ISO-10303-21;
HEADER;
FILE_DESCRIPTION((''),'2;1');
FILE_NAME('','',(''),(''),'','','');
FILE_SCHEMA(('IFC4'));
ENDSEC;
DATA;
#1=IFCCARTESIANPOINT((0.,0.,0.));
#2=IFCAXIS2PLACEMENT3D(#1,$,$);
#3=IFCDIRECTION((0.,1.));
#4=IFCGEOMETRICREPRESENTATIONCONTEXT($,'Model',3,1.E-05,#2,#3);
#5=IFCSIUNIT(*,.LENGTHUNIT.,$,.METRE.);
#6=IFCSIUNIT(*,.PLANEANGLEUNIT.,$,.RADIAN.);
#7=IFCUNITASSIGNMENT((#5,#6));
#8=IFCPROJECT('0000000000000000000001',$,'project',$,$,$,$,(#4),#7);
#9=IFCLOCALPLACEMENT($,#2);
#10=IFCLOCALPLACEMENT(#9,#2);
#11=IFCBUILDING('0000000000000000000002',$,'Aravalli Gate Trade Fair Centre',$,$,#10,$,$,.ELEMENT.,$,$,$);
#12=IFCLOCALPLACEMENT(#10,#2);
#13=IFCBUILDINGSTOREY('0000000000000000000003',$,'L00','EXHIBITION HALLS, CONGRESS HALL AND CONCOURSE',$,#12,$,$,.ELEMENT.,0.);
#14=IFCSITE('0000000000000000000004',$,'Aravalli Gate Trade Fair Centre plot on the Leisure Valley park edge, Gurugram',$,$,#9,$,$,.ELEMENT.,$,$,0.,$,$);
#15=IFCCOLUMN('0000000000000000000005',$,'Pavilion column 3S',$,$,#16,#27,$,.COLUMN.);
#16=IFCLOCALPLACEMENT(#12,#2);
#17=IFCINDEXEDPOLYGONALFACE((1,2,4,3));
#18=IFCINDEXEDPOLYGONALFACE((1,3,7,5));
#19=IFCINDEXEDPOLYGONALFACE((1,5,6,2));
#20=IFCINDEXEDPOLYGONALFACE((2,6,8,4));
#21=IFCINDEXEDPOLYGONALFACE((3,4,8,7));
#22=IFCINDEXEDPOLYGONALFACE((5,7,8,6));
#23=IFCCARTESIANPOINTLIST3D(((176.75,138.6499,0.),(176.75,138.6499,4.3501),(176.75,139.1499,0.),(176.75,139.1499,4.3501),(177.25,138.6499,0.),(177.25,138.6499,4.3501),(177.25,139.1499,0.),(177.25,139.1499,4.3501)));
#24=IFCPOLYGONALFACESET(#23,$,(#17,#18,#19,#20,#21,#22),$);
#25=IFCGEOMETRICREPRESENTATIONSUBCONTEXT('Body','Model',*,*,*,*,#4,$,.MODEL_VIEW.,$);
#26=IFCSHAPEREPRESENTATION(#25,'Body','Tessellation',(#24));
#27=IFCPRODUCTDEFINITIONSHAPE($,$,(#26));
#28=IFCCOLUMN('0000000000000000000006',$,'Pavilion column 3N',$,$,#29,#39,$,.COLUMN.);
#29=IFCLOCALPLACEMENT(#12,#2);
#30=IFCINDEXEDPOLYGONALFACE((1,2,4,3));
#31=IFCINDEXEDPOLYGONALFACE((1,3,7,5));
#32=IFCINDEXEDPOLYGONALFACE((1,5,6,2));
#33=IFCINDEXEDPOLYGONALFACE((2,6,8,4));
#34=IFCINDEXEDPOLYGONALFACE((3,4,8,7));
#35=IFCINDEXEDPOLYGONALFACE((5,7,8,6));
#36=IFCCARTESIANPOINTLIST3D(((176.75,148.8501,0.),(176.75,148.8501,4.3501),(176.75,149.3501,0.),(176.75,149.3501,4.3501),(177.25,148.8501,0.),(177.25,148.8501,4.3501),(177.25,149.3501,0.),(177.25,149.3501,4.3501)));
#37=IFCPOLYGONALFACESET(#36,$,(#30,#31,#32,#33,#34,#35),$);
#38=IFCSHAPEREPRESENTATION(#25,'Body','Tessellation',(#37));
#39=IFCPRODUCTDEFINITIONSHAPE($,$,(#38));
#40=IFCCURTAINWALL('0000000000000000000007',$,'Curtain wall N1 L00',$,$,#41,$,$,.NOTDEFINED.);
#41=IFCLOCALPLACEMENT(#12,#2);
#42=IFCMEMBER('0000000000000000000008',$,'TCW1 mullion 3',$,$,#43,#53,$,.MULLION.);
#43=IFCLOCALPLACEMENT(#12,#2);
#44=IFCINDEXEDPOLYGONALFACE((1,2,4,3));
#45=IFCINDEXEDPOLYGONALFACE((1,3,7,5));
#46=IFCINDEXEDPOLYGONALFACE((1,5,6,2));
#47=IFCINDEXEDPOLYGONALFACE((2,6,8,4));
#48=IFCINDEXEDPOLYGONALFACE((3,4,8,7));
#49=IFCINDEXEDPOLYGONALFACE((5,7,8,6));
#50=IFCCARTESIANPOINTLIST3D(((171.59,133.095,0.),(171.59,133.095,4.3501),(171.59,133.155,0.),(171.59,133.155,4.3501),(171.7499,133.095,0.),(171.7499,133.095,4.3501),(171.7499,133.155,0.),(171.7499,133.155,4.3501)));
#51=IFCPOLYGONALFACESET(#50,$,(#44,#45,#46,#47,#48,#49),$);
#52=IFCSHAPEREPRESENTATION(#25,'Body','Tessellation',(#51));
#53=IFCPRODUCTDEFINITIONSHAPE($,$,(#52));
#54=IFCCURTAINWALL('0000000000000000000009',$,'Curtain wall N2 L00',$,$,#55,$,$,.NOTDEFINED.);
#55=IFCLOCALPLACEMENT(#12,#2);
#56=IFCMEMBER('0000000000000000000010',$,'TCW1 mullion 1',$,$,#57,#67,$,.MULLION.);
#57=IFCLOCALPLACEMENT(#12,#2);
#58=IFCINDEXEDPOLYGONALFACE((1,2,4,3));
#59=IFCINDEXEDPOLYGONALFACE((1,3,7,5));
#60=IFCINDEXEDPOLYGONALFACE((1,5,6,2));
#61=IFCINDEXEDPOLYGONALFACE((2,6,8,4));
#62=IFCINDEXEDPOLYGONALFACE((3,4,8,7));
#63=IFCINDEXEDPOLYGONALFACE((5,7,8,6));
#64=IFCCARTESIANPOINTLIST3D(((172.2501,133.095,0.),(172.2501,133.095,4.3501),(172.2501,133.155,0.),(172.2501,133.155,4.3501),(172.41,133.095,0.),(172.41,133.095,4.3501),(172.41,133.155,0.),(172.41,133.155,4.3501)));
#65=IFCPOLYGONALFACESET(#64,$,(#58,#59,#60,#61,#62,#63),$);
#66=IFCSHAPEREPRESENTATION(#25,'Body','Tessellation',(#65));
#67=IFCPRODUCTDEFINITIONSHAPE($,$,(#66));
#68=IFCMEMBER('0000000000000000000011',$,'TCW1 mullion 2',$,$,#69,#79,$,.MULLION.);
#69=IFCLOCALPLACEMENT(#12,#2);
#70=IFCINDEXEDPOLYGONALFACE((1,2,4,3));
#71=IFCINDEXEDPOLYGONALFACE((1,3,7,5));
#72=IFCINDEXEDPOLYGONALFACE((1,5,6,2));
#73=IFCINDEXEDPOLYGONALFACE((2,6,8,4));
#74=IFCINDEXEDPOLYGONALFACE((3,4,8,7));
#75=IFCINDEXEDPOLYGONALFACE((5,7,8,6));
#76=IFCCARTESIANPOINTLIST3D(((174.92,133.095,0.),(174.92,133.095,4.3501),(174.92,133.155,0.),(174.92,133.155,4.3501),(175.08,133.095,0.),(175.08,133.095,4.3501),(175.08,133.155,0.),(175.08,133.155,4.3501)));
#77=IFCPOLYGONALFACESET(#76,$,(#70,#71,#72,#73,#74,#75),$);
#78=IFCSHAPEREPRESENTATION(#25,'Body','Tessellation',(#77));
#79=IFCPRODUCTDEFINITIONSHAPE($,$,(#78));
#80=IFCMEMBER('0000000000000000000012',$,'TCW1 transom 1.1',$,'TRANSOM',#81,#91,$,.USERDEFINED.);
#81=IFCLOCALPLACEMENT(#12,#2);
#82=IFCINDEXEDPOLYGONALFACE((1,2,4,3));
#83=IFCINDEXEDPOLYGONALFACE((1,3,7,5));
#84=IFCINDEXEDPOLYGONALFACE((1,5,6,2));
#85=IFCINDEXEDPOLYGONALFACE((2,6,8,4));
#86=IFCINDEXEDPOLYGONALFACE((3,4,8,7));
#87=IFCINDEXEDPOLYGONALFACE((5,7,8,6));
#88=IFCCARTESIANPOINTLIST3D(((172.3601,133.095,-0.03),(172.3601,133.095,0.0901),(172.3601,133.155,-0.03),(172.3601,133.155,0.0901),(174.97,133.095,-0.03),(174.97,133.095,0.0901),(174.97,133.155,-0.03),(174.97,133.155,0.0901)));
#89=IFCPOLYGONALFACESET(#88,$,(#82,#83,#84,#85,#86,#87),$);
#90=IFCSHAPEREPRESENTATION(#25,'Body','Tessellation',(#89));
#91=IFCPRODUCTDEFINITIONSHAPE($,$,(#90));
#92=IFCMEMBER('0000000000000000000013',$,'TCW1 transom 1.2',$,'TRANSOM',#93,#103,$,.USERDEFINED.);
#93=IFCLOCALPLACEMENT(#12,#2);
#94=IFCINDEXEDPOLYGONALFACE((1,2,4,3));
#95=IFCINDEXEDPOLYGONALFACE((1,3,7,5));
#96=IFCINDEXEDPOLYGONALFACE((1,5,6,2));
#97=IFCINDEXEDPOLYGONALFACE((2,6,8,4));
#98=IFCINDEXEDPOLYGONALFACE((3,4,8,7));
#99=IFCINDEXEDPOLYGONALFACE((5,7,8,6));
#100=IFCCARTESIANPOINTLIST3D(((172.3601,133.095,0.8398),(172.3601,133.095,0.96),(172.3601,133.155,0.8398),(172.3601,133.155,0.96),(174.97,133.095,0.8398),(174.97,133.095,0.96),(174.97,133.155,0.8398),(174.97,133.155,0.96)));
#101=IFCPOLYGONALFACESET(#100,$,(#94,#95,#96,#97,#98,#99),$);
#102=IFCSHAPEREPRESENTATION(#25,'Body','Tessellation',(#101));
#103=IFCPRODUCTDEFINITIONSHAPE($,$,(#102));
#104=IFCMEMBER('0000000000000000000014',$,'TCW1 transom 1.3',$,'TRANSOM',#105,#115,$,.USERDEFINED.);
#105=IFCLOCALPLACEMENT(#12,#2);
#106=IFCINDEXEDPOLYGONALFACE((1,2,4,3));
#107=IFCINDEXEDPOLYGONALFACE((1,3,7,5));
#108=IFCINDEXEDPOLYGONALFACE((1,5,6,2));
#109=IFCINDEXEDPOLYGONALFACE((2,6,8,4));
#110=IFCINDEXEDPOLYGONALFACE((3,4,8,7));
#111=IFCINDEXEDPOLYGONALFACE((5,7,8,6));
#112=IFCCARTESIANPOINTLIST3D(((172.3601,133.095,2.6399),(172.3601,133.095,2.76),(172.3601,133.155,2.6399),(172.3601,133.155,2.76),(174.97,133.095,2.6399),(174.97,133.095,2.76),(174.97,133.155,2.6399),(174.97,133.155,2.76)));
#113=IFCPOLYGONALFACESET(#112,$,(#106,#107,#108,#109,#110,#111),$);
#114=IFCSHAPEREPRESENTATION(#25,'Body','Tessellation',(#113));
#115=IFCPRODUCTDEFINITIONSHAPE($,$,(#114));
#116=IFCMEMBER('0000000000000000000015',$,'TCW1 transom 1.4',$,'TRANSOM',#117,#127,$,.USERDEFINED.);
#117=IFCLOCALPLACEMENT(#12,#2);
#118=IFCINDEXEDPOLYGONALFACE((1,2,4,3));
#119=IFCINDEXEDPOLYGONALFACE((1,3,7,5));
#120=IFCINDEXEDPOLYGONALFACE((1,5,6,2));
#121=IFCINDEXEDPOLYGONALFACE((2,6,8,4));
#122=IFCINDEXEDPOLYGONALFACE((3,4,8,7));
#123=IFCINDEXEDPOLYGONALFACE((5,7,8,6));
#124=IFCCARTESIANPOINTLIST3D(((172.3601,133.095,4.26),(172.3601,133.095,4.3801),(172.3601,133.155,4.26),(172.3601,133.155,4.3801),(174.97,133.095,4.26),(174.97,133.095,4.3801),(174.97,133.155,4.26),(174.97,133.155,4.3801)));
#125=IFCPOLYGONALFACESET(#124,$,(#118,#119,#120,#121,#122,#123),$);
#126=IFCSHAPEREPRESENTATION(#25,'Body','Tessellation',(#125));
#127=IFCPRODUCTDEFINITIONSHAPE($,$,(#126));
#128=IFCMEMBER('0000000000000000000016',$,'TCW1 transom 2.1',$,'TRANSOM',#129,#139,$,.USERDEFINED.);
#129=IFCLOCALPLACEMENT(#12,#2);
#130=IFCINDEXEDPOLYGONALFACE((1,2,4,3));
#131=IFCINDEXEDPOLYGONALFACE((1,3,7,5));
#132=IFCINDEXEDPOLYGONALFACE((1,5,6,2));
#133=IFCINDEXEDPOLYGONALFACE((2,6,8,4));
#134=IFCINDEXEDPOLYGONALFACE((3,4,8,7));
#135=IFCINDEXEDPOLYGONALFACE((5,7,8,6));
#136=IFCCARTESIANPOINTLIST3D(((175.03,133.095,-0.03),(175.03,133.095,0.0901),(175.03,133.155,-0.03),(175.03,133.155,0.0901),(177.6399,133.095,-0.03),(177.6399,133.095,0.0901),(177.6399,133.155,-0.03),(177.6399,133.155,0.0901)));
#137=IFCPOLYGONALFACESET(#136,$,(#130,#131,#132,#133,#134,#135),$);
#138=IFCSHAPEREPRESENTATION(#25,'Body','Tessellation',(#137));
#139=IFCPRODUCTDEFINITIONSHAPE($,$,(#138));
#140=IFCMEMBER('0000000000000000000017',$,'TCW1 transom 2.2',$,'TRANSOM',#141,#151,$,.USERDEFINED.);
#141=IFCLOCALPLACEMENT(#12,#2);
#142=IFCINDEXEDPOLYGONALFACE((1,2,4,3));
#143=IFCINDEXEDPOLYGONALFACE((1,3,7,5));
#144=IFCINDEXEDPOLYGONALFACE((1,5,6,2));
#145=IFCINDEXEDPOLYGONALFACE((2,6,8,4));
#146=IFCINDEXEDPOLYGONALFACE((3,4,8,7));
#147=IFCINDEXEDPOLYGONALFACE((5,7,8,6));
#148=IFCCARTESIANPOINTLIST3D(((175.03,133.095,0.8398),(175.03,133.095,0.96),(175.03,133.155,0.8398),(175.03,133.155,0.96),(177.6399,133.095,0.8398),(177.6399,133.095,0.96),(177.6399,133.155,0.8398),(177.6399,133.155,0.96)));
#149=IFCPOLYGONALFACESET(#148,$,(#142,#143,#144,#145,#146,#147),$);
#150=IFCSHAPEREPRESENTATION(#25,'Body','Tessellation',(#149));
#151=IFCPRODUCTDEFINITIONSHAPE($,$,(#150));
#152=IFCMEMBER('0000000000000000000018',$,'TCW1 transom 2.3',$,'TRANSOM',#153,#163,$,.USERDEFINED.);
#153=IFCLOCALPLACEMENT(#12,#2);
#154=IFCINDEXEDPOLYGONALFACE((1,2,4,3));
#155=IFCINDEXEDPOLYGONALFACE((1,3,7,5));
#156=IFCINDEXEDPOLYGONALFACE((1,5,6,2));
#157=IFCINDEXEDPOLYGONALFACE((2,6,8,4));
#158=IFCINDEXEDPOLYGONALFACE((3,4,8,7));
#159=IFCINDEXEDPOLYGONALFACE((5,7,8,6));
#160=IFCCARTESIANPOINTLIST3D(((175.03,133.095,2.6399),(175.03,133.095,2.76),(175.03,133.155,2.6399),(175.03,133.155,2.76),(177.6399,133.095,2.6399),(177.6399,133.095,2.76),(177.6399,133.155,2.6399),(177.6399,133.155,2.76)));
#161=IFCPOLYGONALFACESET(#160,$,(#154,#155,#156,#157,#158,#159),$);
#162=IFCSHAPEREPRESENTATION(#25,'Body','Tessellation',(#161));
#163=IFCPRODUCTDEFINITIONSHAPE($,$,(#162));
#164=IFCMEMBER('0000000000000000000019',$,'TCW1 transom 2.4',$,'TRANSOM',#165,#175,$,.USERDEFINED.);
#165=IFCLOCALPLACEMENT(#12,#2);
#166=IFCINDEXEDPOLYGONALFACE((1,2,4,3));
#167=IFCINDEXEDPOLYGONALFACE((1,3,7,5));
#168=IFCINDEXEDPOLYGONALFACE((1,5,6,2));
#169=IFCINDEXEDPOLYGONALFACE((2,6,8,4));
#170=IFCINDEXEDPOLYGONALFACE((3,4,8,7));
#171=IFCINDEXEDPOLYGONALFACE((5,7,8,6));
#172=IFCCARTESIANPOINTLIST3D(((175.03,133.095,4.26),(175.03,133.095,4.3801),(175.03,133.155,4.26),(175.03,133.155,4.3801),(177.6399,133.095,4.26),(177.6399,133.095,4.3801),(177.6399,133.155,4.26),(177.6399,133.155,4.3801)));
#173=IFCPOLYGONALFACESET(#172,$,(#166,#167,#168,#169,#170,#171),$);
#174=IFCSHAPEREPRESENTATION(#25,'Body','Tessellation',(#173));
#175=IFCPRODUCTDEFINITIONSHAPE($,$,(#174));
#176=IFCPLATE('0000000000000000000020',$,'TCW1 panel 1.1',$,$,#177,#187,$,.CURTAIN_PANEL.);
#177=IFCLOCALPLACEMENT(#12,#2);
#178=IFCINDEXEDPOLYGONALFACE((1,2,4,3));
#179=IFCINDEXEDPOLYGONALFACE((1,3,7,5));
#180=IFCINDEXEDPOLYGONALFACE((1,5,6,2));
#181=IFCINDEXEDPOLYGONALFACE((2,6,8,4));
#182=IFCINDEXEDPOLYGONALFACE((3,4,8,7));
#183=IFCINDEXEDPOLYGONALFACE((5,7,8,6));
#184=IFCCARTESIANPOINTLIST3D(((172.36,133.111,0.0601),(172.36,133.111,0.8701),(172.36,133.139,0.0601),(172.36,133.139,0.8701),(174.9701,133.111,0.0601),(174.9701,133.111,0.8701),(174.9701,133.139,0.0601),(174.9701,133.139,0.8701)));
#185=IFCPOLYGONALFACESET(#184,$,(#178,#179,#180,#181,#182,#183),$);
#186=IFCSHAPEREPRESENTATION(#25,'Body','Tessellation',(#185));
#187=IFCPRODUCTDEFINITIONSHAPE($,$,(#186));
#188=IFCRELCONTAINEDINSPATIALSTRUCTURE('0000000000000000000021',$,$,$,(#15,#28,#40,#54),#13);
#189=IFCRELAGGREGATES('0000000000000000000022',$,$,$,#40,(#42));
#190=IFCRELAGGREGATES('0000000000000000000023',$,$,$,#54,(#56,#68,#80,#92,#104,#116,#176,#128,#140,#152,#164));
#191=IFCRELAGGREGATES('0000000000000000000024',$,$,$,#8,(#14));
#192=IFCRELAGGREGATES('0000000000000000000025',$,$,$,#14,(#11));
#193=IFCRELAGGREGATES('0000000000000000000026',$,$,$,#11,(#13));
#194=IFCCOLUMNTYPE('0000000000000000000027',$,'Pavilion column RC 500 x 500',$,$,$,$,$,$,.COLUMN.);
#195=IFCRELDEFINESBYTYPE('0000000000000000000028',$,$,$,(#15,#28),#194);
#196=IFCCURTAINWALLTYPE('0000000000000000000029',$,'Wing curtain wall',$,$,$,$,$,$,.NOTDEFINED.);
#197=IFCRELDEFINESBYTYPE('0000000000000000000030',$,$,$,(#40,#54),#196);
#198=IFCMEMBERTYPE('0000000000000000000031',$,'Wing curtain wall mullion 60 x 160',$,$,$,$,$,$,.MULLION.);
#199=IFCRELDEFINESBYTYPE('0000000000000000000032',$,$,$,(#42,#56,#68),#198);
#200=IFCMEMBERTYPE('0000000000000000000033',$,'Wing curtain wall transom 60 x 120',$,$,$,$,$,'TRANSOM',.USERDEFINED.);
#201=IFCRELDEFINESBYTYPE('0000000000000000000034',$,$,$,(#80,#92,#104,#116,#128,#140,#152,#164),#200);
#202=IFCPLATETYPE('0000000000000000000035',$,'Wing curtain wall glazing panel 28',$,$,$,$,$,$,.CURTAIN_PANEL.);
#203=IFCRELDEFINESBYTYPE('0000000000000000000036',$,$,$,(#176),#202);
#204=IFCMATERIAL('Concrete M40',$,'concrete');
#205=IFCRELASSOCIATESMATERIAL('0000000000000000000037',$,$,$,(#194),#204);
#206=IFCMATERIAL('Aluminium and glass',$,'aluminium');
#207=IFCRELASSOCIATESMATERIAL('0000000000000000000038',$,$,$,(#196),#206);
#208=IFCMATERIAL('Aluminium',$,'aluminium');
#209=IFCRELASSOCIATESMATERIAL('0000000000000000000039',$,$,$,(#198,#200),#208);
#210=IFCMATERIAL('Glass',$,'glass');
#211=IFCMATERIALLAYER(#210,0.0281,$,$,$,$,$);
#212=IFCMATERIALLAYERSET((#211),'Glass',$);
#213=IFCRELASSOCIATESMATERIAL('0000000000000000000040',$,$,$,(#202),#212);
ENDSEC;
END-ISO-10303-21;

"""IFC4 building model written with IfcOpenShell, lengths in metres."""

from ifc_helpers import new_model, si_unit, direction, frame, origin, origin_2d, place, context, subcontext, project, spatial, rectangle, extrude, material, layer, layer_set, material_profile, profile_set, type_object, element, aggregate, save


model = new_model("IFC4")

# Units and contexts
model_context = context("Model", 3, precision=1e-05, world=origin(), true_north=direction((0.0, 1.0)))
body_context = subcontext(model_context, "Body", "Model", "MODEL_VIEW")
ifc_project = project(units=[si_unit("LENGTHUNIT", "METRE"), si_unit("PLANEANGLEUNIT", "RADIAN")], contexts=[model_context])

# Site, building, storey
site_placement = place(None, origin())
site = spatial("IfcSite", under=ifc_project, at=site_placement, Name="Aravalli Gate Trade Fair Centre plot on the Leisure Valley park edge, Gurugram", CompositionType="ELEMENT", RefElevation=0.0)
building_placement = place(site_placement, origin())
building = spatial("IfcBuilding", under=site, at=building_placement, Name="Aravalli Gate Trade Fair Centre", CompositionType="ELEMENT")
storey_placement = place(building_placement, origin())
storey = spatial("IfcBuildingStorey", under=building, at=storey_placement, Name="L00", Description="EXHIBITION HALLS, CONGRESS HALL AND CONCOURSE", CompositionType="ELEMENT", Elevation=0.0)

# Columns
ifc_material_1 = material(Name="Concrete M40", Category="concrete")
ifc_material_profile_1 = material_profile(ifc_material_1, rectangle(XDim=0.5, YDim=0.5, at=origin_2d()), Name="Pavilion column RC 500 x 500")
ifc_profile_set_1 = profile_set([ifc_material_profile_1], Name="Concrete M40")
column_type = type_object("IfcColumnType", Name="Pavilion column RC 500 x 500", PredefinedType="COLUMN", material=ifc_profile_set_1)
for number, where, z_axis, x_axis, name in (
    (1, (177.0, 138.8999, 0.0), (0.0, 0.0, 1.0), (1.0, 0.0, 0.0), "Pavilion column 3S"),
    (2, (177.0, 149.1001, 0.0), (0.0, 0.0, 1.0), (1.0, 0.0, 0.0), "Pavilion column 3N"),
):
    element("IfcColumn", number, at=place(storey_placement, frame(where, z_axis=z_axis, x_axis=x_axis)), inside=storey, type_object=column_type, Name=name, PredefinedType="COLUMN", context=body_context, shape_type="SweptSolid", body=[
        extrude(rectangle(XDim=0.5, YDim=0.5, at=origin_2d()), origin(), (0.0, 0.0, 1.0), 4.3501),
    ])

# Curtain wall, member
ifc_material_2 = material(Name="Aluminium and glass", Category="aluminium")
curtain_wall_type = type_object("IfcCurtainWallType", Name="Wing curtain wall", PredefinedType="NOTDEFINED", material=ifc_material_2)
curtain_wall_1_placement = place(storey_placement, origin())
curtain_wall_1 = element("IfcCurtainWall", 3, at=curtain_wall_1_placement, inside=storey, type_object=curtain_wall_type, Name="Curtain wall N1 L00", PredefinedType="NOTDEFINED")
ifc_material_3 = material(Name="Aluminium", Category="aluminium")
ifc_material_profile_2 = material_profile(ifc_material_3, rectangle(XDim=0.0601, YDim=0.1599, at=origin_2d()), Name="Wing curtain wall mullion 60 x 160")
ifc_profile_set_2 = profile_set([ifc_material_profile_2], Name="Aluminium")
member_type_1 = type_object("IfcMemberType", Name="Wing curtain wall mullion 60 x 160", PredefinedType="MULLION", material=ifc_profile_set_2)
member_1_placement = place(storey_placement, frame((171.6699, 133.125, 0.0), z_axis=(0.0, 0.0, 1.0), x_axis=(0.0, 1.0, 0.0)))
member_1 = element("IfcMember", 4, at=member_1_placement, type_object=member_type_1, Name="TCW1 mullion 3", PredefinedType="MULLION", context=body_context, shape_type="SweptSolid", body=[
    extrude(rectangle(XDim=0.0601, YDim=0.1599, at=origin_2d()), origin(), (0.0, 0.0, 1.0), 4.3501),
])
aggregate(curtain_wall_1, [member_1])

# Curtain wall, members, plate
curtain_wall_2_placement = place(storey_placement, origin())
curtain_wall_2 = element("IfcCurtainWall", 5, at=curtain_wall_2_placement, inside=storey, type_object=curtain_wall_type, Name="Curtain wall N2 L00", PredefinedType="NOTDEFINED")
member_2_placement = place(storey_placement, frame((172.3301, 133.125, 0.0), z_axis=(0.0, 0.0, 1.0), x_axis=(0.0, 1.0, 0.0)))
member_2 = element("IfcMember", 6, at=member_2_placement, type_object=member_type_1, Name="TCW1 mullion 1", PredefinedType="MULLION", context=body_context, shape_type="SweptSolid", body=[
    extrude(rectangle(XDim=0.0601, YDim=0.1599, at=origin_2d()), origin(), (0.0, 0.0, 1.0), 4.3501),
])
member_3_placement = place(storey_placement, frame((175.0, 133.125, 0.0), z_axis=(0.0, 0.0, 1.0), x_axis=(0.0, 1.0, 0.0)))
member_3 = element("IfcMember", 7, at=member_3_placement, type_object=member_type_1, Name="TCW1 mullion 2", PredefinedType="MULLION", context=body_context, shape_type="SweptSolid", body=[
    extrude(rectangle(XDim=0.0601, YDim=0.1599, at=origin_2d()), origin(), (0.0, 0.0, 1.0), 4.3501),
])
ifc_material_profile_3 = material_profile(ifc_material_3, rectangle(XDim=0.0601, YDim=0.1201, at=origin_2d()), Name="Wing curtain wall transom 60 x 120")
ifc_profile_set_3 = profile_set([ifc_material_profile_3], Name="Aluminium")
member_type_2 = type_object("IfcMemberType", Name="Wing curtain wall transom 60 x 120", ElementType="TRANSOM", PredefinedType="USERDEFINED", material=ifc_profile_set_3)
member_4_placement = place(storey_placement, frame((172.3601, 133.125, 0.03), z_axis=(1.0, 0.0, 0.0), x_axis=(0.0, 1.0, 0.0)))
member_4 = element("IfcMember", 8, at=member_4_placement, type_object=member_type_2, Name="TCW1 transom 1.1", ObjectType="TRANSOM", PredefinedType="USERDEFINED", context=body_context, shape_type="SweptSolid", body=[
    extrude(rectangle(XDim=0.0601, YDim=0.1201, at=origin_2d()), origin(), (0.0, 0.0, 1.0), 2.6099),
])
member_5_placement = place(storey_placement, frame((172.3601, 133.125, 0.8999), z_axis=(1.0, 0.0, 0.0), x_axis=(0.0, 1.0, 0.0)))
member_5 = element("IfcMember", 9, at=member_5_placement, type_object=member_type_2, Name="TCW1 transom 1.2", ObjectType="TRANSOM", PredefinedType="USERDEFINED", context=body_context, shape_type="SweptSolid", body=[
    extrude(rectangle(XDim=0.0601, YDim=0.1201, at=origin_2d()), origin(), (0.0, 0.0, 1.0), 2.6099),
])
member_6_placement = place(storey_placement, frame((172.3601, 133.125, 2.7), z_axis=(1.0, 0.0, 0.0), x_axis=(0.0, 1.0, 0.0)))
member_6 = element("IfcMember", 10, at=member_6_placement, type_object=member_type_2, Name="TCW1 transom 1.3", ObjectType="TRANSOM", PredefinedType="USERDEFINED", context=body_context, shape_type="SweptSolid", body=[
    extrude(rectangle(XDim=0.0601, YDim=0.1201, at=origin_2d()), origin(), (0.0, 0.0, 1.0), 2.6099),
])
member_7_placement = place(storey_placement, frame((172.3601, 133.125, 4.3201), z_axis=(1.0, 0.0, 0.0), x_axis=(0.0, 1.0, 0.0)))
member_7 = element("IfcMember", 11, at=member_7_placement, type_object=member_type_2, Name="TCW1 transom 1.4", ObjectType="TRANSOM", PredefinedType="USERDEFINED", context=body_context, shape_type="SweptSolid", body=[
    extrude(rectangle(XDim=0.0601, YDim=0.1201, at=origin_2d()), origin(), (0.0, 0.0, 1.0), 2.6099),
])
member_8_placement = place(storey_placement, frame((175.03, 133.125, 0.03), z_axis=(1.0, 0.0, 0.0), x_axis=(0.0, 1.0, 0.0)))
member_8 = element("IfcMember", 12, at=member_8_placement, type_object=member_type_2, Name="TCW1 transom 2.1", ObjectType="TRANSOM", PredefinedType="USERDEFINED", context=body_context, shape_type="SweptSolid", body=[
    extrude(rectangle(XDim=0.0601, YDim=0.1201, at=origin_2d()), origin(), (0.0, 0.0, 1.0), 2.6099),
])
member_9_placement = place(storey_placement, frame((175.03, 133.125, 0.8999), z_axis=(1.0, 0.0, 0.0), x_axis=(0.0, 1.0, 0.0)))
member_9 = element("IfcMember", 13, at=member_9_placement, type_object=member_type_2, Name="TCW1 transom 2.2", ObjectType="TRANSOM", PredefinedType="USERDEFINED", context=body_context, shape_type="SweptSolid", body=[
    extrude(rectangle(XDim=0.0601, YDim=0.1201, at=origin_2d()), origin(), (0.0, 0.0, 1.0), 2.6099),
])
member_10_placement = place(storey_placement, frame((175.03, 133.125, 2.7), z_axis=(1.0, 0.0, 0.0), x_axis=(0.0, 1.0, 0.0)))
member_10 = element("IfcMember", 14, at=member_10_placement, type_object=member_type_2, Name="TCW1 transom 2.3", ObjectType="TRANSOM", PredefinedType="USERDEFINED", context=body_context, shape_type="SweptSolid", body=[
    extrude(rectangle(XDim=0.0601, YDim=0.1201, at=origin_2d()), origin(), (0.0, 0.0, 1.0), 2.6099),
])
member_11_placement = place(storey_placement, frame((175.03, 133.125, 4.3201), z_axis=(1.0, 0.0, 0.0), x_axis=(0.0, 1.0, 0.0)))
member_11 = element("IfcMember", 15, at=member_11_placement, type_object=member_type_2, Name="TCW1 transom 2.4", ObjectType="TRANSOM", PredefinedType="USERDEFINED", context=body_context, shape_type="SweptSolid", body=[
    extrude(rectangle(XDim=0.0601, YDim=0.1201, at=origin_2d()), origin(), (0.0, 0.0, 1.0), 2.6099),
])
ifc_material_4 = material(Name="Glass", Category="glass")
ifc_layer_1 = layer(ifc_material_4, 0.0281)
ifc_layer_set_1 = layer_set([ifc_layer_1], Name="Glass")
plate_type = type_object("IfcPlateType", Name="Wing curtain wall glazing panel 28", PredefinedType="CURTAIN_PANEL", material=ifc_layer_set_1)
plate_1_placement = place(storey_placement, frame((173.665, 133.125, 0.0601), z_axis=(0.0, 0.0, 1.0), x_axis=(1.0, 0.0, 0.0)))
plate_1 = element("IfcPlate", 16, at=plate_1_placement, type_object=plate_type, Name="TCW1 panel 1.1", PredefinedType="CURTAIN_PANEL", context=body_context, shape_type="SweptSolid", body=[
    extrude(rectangle(XDim=2.6101, YDim=0.0281, at=origin_2d()), origin(), (0.0, 0.0, 1.0), 0.8101),
])
aggregate(curtain_wall_2, [member_2, member_3, member_4, member_5, member_6, member_7, plate_1, member_8, member_9, member_10, member_11])

save(model, "model.ifc")
